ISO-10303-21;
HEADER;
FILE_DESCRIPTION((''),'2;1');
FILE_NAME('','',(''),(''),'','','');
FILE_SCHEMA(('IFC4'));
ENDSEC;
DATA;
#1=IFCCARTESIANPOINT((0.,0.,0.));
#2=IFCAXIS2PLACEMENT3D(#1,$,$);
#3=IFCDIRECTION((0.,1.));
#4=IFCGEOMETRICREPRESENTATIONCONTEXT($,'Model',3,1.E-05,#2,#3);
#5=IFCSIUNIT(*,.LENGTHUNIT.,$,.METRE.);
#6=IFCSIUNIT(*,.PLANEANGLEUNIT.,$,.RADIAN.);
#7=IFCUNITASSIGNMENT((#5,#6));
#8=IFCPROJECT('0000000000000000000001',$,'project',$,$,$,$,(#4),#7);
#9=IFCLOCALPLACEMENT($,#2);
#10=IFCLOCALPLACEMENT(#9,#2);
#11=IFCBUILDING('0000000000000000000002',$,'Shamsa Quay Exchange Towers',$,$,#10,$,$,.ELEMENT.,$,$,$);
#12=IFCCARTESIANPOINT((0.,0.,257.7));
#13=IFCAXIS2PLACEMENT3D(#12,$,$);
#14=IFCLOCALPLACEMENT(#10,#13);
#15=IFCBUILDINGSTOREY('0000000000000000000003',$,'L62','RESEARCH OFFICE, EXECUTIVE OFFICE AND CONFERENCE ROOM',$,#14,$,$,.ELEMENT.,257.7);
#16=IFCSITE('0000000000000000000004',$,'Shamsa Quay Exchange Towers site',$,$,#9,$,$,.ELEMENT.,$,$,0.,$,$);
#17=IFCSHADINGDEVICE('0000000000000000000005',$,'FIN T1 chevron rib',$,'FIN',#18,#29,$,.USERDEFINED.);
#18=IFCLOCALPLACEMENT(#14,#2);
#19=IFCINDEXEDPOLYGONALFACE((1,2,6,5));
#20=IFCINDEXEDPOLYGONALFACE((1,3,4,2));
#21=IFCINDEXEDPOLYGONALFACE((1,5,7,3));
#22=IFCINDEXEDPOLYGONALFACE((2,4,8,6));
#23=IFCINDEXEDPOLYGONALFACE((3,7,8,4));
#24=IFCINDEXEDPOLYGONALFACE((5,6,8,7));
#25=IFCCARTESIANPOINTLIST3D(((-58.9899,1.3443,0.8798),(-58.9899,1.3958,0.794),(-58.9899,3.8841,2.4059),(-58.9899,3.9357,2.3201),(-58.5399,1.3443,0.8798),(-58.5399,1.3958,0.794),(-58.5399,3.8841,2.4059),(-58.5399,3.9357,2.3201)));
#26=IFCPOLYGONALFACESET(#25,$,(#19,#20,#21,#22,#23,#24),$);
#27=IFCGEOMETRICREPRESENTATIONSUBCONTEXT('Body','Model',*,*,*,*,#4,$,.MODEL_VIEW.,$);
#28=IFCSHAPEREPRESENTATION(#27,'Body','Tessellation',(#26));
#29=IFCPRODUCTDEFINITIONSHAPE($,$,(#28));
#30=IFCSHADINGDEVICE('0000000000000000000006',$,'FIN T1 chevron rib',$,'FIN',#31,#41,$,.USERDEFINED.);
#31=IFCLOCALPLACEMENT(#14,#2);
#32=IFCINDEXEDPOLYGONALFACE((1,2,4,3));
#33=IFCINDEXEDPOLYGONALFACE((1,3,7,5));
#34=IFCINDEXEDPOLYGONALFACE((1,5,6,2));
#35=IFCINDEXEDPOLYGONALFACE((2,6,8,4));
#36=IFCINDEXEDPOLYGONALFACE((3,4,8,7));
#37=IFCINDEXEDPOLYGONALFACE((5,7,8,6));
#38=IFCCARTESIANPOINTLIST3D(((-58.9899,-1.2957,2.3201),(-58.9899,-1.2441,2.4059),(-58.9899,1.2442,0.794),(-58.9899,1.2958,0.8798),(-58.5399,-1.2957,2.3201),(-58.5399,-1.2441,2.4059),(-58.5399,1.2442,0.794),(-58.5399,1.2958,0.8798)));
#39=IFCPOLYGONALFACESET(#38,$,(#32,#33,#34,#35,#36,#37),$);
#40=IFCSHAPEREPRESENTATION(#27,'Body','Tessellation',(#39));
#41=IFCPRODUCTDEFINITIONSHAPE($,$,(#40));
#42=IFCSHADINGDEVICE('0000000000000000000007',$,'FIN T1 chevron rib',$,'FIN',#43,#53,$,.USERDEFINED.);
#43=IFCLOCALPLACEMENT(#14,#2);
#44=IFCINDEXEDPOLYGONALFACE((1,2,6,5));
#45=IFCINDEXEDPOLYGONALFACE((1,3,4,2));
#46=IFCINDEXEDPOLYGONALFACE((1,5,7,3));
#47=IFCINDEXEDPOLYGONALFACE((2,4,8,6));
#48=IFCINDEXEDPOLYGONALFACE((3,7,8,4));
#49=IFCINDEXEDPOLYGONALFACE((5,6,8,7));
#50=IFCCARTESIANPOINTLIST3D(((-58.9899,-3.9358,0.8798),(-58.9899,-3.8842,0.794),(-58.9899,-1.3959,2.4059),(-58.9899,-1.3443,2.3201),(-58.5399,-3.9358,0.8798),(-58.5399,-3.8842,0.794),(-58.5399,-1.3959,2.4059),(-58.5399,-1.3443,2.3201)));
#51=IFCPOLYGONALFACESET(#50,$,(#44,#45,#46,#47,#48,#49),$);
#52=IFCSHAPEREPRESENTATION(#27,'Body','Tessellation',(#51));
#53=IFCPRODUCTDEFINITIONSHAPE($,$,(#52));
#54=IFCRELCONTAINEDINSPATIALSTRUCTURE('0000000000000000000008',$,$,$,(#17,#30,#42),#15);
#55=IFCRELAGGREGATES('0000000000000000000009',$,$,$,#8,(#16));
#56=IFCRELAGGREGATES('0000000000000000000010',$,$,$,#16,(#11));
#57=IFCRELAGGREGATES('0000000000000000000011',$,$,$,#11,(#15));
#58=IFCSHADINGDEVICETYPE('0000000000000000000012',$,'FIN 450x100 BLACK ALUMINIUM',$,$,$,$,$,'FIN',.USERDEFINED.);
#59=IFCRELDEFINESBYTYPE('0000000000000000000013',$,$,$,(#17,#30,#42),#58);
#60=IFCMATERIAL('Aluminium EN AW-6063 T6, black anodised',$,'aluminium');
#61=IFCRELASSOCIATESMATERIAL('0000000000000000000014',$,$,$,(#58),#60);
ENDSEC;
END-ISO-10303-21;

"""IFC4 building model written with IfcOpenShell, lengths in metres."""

from ifc_helpers import new_model, si_unit, direction, frame, origin, origin_2d, place, context, subcontext, project, spatial, rectangle, extrude, material, material_profile, profile_set, type_object, element, save


model = new_model("IFC4")

# Units and contexts
model_context = context("Model", 3, precision=1e-05, world=origin(), true_north=direction((0.0, 1.0)))
body_context = subcontext(model_context, "Body", "Model", "MODEL_VIEW")
ifc_project = project(units=[si_unit("LENGTHUNIT", "METRE"), si_unit("PLANEANGLEUNIT", "RADIAN")], contexts=[model_context])

# Site, building, storey
site_placement = place(None, origin())
site = spatial("IfcSite", under=ifc_project, at=site_placement, Name="Shamsa Quay Exchange Towers site", CompositionType="ELEMENT", RefElevation=0.0)
building_placement = place(site_placement, origin())
building = spatial("IfcBuilding", under=site, at=building_placement, Name="Shamsa Quay Exchange Towers", CompositionType="ELEMENT")
storey_placement = place(building_placement, frame((0.0, 0.0, 257.7)))
storey = spatial("IfcBuildingStorey", under=building, at=storey_placement, Name="L62", Description="RESEARCH OFFICE, EXECUTIVE OFFICE AND CONFERENCE ROOM", CompositionType="ELEMENT", Elevation=257.7)

# Shared definitions
ifc_material_1 = material(Name="Aluminium EN AW-6063 T6, black anodised", Category="aluminium")

# Shading devices
ifc_material_profile_1 = material_profile(ifc_material_1, rectangle(XDim=0.45, YDim=0.1001, at=origin_2d()), Name="FIN450x100")
ifc_profile_set_1 = profile_set([ifc_material_profile_1], Name="Aluminium EN AW-6063 T6, black anodised")
shading_device_type = type_object("IfcShadingDeviceType", Name="FIN 450x100 BLACK ALUMINIUM", ElementType="FIN", PredefinedType="USERDEFINED", material=ifc_profile_set_1)
for number, where, z_axis, x_axis, name in (
    (1, (-58.7649, 3.9099, 2.363), (0.0, -0.857158, -0.515053), (1.0, 0.0, 0.0), "FIN T1 chevron rib"),
    (2, (-58.7649, 1.27, 0.8369), (0.0, -0.85718, 0.515017), (1.0, 0.0, 0.0), "FIN T1 chevron rib"),
    (3, (-58.7649, -1.3701, 2.363), (0.0, -0.857158, -0.515053), (1.0, 0.0, 0.0), "FIN T1 chevron rib"),
):
    element("IfcShadingDevice", number, at=place(storey_placement, frame(where, z_axis=z_axis, x_axis=x_axis)), inside=storey, type_object=shading_device_type, Name=name, ObjectType="FIN", PredefinedType="USERDEFINED", context=body_context, shape_type="SweptSolid", body=[
        extrude(rectangle(XDim=0.45, YDim=0.1001, at=origin_2d()), origin(), (0.0, 0.0, 1.0), 2.9631),
    ])

save(model, "model.ifc")
